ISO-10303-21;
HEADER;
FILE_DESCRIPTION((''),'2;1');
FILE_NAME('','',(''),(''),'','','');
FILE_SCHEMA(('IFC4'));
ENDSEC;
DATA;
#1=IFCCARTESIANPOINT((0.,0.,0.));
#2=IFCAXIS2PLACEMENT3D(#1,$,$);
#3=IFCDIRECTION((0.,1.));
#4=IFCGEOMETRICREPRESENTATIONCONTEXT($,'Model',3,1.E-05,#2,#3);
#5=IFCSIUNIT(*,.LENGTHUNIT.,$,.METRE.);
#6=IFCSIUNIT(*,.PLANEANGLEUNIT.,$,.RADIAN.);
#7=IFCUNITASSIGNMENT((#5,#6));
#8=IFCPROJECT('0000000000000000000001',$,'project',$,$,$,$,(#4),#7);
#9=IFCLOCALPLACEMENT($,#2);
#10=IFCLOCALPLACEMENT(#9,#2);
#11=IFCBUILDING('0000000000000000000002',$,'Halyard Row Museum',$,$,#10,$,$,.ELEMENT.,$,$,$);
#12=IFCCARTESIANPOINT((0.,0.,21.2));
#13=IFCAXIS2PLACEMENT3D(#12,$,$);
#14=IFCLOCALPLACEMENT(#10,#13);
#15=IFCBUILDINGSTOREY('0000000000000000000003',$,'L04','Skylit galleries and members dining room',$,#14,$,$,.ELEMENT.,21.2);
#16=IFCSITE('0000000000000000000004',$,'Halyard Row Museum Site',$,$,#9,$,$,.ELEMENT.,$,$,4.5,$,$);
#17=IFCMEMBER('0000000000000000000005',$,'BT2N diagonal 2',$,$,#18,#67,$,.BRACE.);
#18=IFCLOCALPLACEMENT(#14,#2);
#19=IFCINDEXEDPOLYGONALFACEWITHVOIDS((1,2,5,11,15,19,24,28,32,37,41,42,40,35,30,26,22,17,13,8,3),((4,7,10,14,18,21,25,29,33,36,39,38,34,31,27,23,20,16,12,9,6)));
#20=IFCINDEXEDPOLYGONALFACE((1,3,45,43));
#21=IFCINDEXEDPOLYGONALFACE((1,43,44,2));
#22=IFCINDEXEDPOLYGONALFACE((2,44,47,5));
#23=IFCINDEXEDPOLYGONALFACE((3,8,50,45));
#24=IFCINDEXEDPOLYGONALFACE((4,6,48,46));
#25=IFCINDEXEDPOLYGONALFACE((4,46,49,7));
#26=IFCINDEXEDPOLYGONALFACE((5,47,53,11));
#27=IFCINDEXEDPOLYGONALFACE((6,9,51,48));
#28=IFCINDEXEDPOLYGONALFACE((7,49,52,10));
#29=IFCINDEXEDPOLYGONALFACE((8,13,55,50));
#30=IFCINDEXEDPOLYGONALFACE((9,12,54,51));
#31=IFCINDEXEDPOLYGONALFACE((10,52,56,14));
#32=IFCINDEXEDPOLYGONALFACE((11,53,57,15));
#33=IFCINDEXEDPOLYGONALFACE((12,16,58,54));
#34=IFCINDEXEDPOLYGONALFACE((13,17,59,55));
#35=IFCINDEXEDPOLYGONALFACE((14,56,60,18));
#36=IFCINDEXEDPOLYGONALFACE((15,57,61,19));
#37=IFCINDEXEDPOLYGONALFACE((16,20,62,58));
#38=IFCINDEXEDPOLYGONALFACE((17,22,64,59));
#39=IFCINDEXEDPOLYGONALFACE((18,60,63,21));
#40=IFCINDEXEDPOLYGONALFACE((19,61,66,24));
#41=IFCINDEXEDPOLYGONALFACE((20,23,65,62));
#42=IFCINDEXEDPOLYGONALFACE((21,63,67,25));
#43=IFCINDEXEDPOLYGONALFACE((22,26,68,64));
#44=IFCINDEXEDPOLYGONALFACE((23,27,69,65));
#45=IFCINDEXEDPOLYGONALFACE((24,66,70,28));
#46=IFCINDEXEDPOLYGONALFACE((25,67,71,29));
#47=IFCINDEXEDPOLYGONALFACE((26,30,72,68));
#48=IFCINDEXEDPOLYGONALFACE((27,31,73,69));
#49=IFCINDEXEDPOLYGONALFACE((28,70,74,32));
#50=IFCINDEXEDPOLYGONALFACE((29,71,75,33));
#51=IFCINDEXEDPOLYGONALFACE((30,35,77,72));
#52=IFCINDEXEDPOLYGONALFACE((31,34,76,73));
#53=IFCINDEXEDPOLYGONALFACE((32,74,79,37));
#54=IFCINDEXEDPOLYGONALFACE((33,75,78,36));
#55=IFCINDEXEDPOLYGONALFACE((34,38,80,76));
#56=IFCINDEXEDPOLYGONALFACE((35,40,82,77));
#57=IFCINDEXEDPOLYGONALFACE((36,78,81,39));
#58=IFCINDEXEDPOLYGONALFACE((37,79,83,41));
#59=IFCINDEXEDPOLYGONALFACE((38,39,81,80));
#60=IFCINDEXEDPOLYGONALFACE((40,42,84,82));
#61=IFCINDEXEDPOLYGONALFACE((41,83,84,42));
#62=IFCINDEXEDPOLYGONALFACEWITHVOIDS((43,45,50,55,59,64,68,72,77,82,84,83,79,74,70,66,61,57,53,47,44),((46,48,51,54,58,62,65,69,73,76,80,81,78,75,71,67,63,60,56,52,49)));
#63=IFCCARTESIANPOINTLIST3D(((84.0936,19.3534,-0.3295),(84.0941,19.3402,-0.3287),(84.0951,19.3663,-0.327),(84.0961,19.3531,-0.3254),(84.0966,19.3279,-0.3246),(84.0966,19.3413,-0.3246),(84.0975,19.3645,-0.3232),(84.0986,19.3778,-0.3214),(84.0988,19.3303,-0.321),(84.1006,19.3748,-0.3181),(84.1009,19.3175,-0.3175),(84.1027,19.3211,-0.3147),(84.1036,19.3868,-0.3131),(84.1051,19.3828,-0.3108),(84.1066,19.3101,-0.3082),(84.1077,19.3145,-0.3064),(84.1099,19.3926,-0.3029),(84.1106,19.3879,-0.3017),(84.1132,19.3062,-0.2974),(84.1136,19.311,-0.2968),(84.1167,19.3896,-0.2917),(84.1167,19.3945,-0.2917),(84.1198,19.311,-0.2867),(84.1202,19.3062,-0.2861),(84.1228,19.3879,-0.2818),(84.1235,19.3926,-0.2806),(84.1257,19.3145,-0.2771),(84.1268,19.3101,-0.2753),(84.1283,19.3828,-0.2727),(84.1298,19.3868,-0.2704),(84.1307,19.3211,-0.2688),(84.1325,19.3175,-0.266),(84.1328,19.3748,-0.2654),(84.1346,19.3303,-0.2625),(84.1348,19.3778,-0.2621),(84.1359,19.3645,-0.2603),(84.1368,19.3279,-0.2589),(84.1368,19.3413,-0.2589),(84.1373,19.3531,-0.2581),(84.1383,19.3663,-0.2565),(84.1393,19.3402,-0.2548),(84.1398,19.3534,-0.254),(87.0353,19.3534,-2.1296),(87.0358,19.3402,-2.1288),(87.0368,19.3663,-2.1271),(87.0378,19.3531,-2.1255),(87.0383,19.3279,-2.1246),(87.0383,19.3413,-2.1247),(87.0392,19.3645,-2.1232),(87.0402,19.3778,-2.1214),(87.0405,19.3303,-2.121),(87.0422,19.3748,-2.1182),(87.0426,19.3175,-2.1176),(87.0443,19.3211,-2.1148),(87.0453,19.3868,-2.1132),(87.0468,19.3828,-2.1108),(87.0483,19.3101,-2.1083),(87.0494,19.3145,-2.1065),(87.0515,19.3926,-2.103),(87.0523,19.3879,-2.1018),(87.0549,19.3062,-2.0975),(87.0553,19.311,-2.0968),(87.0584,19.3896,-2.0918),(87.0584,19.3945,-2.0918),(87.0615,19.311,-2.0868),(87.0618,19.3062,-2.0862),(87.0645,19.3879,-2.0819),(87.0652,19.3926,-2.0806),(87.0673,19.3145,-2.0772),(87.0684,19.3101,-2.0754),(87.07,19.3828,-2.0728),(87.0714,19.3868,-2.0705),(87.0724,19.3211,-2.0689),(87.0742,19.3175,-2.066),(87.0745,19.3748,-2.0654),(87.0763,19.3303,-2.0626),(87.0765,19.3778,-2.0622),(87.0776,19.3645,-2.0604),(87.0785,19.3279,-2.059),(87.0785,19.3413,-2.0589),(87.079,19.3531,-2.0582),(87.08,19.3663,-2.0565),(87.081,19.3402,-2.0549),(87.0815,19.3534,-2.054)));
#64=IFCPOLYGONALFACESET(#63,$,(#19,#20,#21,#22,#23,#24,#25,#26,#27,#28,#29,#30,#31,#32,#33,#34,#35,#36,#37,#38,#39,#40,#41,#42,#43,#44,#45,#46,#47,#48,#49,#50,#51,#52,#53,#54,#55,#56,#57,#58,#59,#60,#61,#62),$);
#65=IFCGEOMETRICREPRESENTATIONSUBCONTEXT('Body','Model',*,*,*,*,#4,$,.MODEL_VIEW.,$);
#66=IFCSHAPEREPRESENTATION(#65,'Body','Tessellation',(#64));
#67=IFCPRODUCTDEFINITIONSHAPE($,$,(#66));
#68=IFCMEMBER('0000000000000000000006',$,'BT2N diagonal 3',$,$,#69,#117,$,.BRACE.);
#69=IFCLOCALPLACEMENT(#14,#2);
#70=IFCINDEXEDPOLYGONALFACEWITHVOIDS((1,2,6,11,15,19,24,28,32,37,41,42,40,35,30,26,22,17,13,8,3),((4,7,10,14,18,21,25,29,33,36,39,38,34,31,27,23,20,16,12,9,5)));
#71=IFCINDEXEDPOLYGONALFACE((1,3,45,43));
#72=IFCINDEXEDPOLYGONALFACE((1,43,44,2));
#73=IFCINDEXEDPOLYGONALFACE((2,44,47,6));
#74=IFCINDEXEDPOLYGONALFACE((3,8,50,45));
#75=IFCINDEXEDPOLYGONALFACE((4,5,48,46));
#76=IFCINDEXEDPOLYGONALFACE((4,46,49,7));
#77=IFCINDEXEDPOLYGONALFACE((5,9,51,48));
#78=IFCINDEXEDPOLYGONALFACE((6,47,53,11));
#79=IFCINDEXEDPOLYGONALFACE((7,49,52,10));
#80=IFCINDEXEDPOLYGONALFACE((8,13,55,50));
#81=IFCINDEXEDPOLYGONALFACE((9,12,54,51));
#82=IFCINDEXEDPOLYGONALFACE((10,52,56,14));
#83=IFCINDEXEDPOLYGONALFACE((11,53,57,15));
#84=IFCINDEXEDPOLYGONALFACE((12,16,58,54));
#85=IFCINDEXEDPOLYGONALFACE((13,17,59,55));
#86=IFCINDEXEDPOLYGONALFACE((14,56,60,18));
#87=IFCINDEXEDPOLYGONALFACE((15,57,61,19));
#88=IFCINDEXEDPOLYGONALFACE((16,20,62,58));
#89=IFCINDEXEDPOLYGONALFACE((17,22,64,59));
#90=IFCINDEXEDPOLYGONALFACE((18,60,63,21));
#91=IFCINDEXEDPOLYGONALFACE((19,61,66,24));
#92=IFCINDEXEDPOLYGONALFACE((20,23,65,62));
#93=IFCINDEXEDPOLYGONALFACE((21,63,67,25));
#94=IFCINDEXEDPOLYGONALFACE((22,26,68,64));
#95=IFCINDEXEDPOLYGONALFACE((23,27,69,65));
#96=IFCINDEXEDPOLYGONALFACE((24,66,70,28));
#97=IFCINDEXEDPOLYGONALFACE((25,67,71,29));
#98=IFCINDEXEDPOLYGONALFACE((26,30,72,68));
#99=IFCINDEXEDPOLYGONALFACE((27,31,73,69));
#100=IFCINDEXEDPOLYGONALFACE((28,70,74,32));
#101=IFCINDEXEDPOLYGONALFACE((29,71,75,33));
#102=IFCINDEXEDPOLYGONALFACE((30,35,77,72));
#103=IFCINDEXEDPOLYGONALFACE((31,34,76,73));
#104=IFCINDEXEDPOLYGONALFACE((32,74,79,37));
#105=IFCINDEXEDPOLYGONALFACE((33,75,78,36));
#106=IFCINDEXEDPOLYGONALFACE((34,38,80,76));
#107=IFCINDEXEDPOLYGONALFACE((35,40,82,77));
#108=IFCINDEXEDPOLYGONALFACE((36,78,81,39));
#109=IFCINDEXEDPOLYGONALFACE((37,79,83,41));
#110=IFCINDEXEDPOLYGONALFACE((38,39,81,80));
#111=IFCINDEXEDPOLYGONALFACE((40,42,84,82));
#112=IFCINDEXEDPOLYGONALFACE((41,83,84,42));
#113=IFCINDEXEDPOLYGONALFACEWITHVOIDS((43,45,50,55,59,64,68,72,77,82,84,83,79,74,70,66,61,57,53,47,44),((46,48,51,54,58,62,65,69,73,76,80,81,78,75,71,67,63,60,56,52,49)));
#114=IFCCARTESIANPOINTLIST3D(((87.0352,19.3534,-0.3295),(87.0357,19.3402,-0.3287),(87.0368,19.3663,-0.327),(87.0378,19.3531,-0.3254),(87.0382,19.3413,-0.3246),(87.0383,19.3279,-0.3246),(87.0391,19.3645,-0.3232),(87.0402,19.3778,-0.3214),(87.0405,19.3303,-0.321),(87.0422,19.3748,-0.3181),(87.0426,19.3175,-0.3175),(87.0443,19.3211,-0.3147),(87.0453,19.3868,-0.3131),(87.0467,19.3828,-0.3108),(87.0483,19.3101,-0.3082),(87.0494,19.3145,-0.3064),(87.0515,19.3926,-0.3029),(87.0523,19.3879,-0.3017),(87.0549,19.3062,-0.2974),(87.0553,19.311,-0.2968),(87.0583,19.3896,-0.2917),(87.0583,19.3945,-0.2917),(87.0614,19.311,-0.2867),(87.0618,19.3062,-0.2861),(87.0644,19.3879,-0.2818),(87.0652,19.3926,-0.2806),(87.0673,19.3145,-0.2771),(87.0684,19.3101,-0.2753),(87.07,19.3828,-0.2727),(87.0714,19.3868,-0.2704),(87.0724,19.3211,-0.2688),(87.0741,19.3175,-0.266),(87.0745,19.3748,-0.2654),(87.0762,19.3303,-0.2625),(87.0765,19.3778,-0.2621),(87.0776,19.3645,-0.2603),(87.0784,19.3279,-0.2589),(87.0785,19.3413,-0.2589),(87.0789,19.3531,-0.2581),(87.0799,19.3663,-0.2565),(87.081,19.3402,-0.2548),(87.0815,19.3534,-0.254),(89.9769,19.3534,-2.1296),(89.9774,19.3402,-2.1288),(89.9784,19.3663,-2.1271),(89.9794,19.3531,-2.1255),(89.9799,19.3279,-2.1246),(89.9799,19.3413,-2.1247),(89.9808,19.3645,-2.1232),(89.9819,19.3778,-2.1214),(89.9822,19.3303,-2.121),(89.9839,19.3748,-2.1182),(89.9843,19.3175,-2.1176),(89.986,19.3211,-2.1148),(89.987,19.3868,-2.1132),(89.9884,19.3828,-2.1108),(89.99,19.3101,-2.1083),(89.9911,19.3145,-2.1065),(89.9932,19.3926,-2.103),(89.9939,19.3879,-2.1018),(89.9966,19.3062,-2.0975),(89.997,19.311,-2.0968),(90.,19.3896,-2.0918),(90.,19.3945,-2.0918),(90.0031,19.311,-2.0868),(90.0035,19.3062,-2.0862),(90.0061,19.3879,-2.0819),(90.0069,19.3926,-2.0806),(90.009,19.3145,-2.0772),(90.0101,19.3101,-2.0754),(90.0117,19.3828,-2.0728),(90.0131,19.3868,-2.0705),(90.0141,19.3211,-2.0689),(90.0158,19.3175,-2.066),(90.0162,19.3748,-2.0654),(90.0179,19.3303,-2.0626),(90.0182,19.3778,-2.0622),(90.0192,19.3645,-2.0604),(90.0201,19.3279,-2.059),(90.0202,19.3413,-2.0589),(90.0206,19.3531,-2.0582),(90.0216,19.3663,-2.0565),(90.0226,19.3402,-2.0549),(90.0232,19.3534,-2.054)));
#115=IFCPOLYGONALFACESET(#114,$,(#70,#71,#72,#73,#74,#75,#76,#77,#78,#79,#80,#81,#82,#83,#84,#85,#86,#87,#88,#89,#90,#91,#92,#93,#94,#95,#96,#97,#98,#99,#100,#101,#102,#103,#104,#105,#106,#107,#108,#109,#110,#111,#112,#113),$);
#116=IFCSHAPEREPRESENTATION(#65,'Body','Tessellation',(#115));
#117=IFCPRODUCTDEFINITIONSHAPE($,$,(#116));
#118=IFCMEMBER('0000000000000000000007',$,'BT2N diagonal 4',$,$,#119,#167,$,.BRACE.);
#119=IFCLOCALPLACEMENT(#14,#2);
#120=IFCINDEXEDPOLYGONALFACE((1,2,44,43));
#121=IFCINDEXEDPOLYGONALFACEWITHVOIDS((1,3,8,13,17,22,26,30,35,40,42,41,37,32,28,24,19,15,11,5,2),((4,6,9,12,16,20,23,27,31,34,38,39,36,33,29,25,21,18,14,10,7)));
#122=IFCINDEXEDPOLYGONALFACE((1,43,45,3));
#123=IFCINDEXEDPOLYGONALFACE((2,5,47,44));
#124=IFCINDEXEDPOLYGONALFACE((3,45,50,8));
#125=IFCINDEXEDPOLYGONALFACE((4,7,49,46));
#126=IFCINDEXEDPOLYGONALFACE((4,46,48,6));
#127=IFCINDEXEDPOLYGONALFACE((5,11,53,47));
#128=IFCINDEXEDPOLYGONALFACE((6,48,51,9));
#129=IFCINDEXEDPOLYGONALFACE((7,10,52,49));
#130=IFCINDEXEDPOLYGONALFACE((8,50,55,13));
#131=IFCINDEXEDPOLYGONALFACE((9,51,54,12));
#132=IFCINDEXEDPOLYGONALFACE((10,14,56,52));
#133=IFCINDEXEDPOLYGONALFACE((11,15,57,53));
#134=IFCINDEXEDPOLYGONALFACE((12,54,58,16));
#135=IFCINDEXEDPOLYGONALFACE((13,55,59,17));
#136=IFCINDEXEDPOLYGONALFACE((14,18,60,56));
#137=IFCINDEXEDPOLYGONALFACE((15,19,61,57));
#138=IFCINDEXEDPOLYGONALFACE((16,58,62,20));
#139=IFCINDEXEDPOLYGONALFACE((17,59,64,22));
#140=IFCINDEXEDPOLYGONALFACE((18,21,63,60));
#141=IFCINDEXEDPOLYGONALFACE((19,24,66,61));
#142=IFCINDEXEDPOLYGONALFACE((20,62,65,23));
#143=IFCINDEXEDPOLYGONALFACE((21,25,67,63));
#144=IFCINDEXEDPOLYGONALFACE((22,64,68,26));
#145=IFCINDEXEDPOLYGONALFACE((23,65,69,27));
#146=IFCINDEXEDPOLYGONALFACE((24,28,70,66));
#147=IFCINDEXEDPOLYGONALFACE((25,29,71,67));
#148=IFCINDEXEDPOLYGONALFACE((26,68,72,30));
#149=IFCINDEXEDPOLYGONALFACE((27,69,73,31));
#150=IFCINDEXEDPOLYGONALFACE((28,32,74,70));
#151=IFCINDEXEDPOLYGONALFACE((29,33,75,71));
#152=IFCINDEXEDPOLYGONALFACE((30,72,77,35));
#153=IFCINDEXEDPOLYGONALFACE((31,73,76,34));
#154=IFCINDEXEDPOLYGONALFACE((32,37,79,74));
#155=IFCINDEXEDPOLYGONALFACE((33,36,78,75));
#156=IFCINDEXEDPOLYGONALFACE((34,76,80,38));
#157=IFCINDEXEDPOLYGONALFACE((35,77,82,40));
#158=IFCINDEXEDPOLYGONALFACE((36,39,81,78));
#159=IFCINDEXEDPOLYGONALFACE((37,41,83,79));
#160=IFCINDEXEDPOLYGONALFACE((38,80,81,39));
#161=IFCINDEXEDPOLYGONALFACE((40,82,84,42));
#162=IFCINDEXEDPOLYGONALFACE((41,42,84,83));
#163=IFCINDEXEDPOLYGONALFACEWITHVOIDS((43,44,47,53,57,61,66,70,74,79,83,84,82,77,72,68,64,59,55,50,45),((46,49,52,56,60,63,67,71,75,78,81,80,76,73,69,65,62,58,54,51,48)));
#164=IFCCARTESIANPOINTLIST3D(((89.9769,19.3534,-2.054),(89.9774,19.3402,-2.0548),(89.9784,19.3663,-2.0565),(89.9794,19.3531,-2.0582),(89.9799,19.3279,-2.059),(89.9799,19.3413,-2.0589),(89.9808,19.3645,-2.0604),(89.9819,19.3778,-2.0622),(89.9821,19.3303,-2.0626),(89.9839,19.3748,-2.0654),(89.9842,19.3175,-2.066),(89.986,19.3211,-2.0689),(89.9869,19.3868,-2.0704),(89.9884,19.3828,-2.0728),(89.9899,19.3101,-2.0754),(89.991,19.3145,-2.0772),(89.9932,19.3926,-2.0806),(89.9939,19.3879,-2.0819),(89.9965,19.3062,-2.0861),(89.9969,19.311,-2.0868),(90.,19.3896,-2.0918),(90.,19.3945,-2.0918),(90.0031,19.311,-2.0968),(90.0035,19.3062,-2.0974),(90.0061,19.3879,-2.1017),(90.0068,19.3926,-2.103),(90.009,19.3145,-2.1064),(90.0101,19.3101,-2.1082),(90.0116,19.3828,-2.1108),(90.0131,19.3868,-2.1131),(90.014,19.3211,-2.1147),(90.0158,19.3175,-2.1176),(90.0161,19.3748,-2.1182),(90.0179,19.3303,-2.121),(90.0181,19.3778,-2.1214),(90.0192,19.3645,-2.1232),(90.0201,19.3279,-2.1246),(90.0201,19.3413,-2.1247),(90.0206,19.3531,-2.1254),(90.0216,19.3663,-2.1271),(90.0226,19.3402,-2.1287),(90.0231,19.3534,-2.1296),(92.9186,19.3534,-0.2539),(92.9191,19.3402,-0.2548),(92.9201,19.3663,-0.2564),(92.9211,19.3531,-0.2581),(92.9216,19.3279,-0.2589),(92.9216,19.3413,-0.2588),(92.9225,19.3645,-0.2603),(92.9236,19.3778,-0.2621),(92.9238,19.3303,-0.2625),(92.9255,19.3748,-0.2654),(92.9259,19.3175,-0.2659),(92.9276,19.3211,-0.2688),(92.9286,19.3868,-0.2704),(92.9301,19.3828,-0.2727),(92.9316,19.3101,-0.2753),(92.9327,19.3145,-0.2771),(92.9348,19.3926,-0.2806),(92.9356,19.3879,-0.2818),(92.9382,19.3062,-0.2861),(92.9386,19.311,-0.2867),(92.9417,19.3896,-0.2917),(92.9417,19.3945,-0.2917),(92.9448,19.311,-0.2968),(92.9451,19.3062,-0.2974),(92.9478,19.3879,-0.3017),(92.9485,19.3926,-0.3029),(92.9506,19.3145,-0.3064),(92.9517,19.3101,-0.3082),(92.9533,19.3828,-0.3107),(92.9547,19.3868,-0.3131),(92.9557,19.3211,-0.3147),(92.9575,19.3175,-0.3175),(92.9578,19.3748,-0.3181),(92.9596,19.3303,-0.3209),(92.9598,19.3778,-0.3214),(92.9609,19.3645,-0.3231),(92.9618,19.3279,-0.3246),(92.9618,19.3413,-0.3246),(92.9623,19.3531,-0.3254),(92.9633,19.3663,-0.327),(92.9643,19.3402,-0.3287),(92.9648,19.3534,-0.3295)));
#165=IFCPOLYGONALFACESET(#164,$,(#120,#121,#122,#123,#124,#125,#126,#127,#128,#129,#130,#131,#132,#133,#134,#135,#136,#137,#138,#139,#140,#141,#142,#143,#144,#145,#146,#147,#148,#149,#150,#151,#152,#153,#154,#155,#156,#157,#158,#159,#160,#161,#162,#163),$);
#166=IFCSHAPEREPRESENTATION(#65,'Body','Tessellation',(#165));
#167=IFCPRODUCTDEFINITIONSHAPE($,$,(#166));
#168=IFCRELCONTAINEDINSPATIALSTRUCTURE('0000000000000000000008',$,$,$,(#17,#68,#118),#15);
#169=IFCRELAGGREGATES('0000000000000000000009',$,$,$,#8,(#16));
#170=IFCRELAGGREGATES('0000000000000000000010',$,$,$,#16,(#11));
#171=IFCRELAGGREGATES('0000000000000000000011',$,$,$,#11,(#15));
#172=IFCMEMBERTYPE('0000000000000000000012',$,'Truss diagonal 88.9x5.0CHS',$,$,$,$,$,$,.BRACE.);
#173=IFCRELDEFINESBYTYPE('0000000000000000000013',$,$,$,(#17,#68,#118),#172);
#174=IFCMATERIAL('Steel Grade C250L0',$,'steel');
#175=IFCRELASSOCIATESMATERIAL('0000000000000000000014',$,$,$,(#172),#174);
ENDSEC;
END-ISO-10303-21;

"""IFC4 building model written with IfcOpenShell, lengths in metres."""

from ifc_helpers import new_model, si_unit, direction, frame, origin, origin_2d, place, context, subcontext, project, spatial, hollow_circle, extrude, material, material_profile, profile_set, type_object, element, save


model = new_model("IFC4")

# Units and contexts
model_context = context("Model", 3, precision=1e-05, world=origin(), true_north=direction((0.0, 1.0)))
body_context = subcontext(model_context, "Body", "Model", "MODEL_VIEW")
ifc_project = project(units=[si_unit("LENGTHUNIT", "METRE"), si_unit("PLANEANGLEUNIT", "RADIAN")], contexts=[model_context])

# Site, building, storey
site_placement = place(None, origin())
site = spatial("IfcSite", under=ifc_project, at=site_placement, Name="Halyard Row Museum Site", CompositionType="ELEMENT", RefElevation=4.5)
building_placement = place(site_placement, origin())
building = spatial("IfcBuilding", under=site, at=building_placement, Name="Halyard Row Museum", CompositionType="ELEMENT")
storey_placement = place(building_placement, frame((0.0, 0.0, 21.2)))
storey = spatial("IfcBuildingStorey", under=building, at=storey_placement, Name="L04", Description="Skylit galleries and members dining room", CompositionType="ELEMENT", Elevation=21.2)

# Members
ifc_material_1 = material(Name="Steel Grade C250L0", Category="steel")
ifc_material_profile_1 = material_profile(ifc_material_1, hollow_circle(Radius=0.0444, WallThickness=0.0049, at=origin_2d()), Name="88.9x5.0CHS")
ifc_profile_set_1 = profile_set([ifc_material_profile_1], Name="Steel Grade C250L0")
member_type_1 = type_object("IfcMemberType", Name="Truss diagonal 88.9x5.0CHS", PredefinedType="BRACE", material=ifc_profile_set_1)
for number, where, z_axis, x_axis, name in (
    (1, (84.1167, 19.3501, -0.2917), (0.852975, 0.0, -0.521951), (0.0, 1.0, 0.0), "BT2N diagonal 2"),
    (2, (87.0583, 19.3501, -0.2917), (0.852975, 0.0, -0.521951), (0.0, 1.0, 0.0), "BT2N diagonal 3"),
    (3, (90.0, 19.3501, -2.0918), (0.852975, 0.0, 0.521951), (0.0, 1.0, 0.0), "BT2N diagonal 4"),
):
    element("IfcMember", number, at=place(storey_placement, frame(where, z_axis=z_axis, x_axis=x_axis)), inside=storey, type_object=member_type_1, Name=name, PredefinedType="BRACE", context=body_context, shape_type="SweptSolid", body=[
        extrude(hollow_circle(Radius=0.0444, WallThickness=0.0049, at=origin_2d()), origin(), (0.0, 0.0, 1.0), 3.4487),
    ])

save(model, "model.ifc")
